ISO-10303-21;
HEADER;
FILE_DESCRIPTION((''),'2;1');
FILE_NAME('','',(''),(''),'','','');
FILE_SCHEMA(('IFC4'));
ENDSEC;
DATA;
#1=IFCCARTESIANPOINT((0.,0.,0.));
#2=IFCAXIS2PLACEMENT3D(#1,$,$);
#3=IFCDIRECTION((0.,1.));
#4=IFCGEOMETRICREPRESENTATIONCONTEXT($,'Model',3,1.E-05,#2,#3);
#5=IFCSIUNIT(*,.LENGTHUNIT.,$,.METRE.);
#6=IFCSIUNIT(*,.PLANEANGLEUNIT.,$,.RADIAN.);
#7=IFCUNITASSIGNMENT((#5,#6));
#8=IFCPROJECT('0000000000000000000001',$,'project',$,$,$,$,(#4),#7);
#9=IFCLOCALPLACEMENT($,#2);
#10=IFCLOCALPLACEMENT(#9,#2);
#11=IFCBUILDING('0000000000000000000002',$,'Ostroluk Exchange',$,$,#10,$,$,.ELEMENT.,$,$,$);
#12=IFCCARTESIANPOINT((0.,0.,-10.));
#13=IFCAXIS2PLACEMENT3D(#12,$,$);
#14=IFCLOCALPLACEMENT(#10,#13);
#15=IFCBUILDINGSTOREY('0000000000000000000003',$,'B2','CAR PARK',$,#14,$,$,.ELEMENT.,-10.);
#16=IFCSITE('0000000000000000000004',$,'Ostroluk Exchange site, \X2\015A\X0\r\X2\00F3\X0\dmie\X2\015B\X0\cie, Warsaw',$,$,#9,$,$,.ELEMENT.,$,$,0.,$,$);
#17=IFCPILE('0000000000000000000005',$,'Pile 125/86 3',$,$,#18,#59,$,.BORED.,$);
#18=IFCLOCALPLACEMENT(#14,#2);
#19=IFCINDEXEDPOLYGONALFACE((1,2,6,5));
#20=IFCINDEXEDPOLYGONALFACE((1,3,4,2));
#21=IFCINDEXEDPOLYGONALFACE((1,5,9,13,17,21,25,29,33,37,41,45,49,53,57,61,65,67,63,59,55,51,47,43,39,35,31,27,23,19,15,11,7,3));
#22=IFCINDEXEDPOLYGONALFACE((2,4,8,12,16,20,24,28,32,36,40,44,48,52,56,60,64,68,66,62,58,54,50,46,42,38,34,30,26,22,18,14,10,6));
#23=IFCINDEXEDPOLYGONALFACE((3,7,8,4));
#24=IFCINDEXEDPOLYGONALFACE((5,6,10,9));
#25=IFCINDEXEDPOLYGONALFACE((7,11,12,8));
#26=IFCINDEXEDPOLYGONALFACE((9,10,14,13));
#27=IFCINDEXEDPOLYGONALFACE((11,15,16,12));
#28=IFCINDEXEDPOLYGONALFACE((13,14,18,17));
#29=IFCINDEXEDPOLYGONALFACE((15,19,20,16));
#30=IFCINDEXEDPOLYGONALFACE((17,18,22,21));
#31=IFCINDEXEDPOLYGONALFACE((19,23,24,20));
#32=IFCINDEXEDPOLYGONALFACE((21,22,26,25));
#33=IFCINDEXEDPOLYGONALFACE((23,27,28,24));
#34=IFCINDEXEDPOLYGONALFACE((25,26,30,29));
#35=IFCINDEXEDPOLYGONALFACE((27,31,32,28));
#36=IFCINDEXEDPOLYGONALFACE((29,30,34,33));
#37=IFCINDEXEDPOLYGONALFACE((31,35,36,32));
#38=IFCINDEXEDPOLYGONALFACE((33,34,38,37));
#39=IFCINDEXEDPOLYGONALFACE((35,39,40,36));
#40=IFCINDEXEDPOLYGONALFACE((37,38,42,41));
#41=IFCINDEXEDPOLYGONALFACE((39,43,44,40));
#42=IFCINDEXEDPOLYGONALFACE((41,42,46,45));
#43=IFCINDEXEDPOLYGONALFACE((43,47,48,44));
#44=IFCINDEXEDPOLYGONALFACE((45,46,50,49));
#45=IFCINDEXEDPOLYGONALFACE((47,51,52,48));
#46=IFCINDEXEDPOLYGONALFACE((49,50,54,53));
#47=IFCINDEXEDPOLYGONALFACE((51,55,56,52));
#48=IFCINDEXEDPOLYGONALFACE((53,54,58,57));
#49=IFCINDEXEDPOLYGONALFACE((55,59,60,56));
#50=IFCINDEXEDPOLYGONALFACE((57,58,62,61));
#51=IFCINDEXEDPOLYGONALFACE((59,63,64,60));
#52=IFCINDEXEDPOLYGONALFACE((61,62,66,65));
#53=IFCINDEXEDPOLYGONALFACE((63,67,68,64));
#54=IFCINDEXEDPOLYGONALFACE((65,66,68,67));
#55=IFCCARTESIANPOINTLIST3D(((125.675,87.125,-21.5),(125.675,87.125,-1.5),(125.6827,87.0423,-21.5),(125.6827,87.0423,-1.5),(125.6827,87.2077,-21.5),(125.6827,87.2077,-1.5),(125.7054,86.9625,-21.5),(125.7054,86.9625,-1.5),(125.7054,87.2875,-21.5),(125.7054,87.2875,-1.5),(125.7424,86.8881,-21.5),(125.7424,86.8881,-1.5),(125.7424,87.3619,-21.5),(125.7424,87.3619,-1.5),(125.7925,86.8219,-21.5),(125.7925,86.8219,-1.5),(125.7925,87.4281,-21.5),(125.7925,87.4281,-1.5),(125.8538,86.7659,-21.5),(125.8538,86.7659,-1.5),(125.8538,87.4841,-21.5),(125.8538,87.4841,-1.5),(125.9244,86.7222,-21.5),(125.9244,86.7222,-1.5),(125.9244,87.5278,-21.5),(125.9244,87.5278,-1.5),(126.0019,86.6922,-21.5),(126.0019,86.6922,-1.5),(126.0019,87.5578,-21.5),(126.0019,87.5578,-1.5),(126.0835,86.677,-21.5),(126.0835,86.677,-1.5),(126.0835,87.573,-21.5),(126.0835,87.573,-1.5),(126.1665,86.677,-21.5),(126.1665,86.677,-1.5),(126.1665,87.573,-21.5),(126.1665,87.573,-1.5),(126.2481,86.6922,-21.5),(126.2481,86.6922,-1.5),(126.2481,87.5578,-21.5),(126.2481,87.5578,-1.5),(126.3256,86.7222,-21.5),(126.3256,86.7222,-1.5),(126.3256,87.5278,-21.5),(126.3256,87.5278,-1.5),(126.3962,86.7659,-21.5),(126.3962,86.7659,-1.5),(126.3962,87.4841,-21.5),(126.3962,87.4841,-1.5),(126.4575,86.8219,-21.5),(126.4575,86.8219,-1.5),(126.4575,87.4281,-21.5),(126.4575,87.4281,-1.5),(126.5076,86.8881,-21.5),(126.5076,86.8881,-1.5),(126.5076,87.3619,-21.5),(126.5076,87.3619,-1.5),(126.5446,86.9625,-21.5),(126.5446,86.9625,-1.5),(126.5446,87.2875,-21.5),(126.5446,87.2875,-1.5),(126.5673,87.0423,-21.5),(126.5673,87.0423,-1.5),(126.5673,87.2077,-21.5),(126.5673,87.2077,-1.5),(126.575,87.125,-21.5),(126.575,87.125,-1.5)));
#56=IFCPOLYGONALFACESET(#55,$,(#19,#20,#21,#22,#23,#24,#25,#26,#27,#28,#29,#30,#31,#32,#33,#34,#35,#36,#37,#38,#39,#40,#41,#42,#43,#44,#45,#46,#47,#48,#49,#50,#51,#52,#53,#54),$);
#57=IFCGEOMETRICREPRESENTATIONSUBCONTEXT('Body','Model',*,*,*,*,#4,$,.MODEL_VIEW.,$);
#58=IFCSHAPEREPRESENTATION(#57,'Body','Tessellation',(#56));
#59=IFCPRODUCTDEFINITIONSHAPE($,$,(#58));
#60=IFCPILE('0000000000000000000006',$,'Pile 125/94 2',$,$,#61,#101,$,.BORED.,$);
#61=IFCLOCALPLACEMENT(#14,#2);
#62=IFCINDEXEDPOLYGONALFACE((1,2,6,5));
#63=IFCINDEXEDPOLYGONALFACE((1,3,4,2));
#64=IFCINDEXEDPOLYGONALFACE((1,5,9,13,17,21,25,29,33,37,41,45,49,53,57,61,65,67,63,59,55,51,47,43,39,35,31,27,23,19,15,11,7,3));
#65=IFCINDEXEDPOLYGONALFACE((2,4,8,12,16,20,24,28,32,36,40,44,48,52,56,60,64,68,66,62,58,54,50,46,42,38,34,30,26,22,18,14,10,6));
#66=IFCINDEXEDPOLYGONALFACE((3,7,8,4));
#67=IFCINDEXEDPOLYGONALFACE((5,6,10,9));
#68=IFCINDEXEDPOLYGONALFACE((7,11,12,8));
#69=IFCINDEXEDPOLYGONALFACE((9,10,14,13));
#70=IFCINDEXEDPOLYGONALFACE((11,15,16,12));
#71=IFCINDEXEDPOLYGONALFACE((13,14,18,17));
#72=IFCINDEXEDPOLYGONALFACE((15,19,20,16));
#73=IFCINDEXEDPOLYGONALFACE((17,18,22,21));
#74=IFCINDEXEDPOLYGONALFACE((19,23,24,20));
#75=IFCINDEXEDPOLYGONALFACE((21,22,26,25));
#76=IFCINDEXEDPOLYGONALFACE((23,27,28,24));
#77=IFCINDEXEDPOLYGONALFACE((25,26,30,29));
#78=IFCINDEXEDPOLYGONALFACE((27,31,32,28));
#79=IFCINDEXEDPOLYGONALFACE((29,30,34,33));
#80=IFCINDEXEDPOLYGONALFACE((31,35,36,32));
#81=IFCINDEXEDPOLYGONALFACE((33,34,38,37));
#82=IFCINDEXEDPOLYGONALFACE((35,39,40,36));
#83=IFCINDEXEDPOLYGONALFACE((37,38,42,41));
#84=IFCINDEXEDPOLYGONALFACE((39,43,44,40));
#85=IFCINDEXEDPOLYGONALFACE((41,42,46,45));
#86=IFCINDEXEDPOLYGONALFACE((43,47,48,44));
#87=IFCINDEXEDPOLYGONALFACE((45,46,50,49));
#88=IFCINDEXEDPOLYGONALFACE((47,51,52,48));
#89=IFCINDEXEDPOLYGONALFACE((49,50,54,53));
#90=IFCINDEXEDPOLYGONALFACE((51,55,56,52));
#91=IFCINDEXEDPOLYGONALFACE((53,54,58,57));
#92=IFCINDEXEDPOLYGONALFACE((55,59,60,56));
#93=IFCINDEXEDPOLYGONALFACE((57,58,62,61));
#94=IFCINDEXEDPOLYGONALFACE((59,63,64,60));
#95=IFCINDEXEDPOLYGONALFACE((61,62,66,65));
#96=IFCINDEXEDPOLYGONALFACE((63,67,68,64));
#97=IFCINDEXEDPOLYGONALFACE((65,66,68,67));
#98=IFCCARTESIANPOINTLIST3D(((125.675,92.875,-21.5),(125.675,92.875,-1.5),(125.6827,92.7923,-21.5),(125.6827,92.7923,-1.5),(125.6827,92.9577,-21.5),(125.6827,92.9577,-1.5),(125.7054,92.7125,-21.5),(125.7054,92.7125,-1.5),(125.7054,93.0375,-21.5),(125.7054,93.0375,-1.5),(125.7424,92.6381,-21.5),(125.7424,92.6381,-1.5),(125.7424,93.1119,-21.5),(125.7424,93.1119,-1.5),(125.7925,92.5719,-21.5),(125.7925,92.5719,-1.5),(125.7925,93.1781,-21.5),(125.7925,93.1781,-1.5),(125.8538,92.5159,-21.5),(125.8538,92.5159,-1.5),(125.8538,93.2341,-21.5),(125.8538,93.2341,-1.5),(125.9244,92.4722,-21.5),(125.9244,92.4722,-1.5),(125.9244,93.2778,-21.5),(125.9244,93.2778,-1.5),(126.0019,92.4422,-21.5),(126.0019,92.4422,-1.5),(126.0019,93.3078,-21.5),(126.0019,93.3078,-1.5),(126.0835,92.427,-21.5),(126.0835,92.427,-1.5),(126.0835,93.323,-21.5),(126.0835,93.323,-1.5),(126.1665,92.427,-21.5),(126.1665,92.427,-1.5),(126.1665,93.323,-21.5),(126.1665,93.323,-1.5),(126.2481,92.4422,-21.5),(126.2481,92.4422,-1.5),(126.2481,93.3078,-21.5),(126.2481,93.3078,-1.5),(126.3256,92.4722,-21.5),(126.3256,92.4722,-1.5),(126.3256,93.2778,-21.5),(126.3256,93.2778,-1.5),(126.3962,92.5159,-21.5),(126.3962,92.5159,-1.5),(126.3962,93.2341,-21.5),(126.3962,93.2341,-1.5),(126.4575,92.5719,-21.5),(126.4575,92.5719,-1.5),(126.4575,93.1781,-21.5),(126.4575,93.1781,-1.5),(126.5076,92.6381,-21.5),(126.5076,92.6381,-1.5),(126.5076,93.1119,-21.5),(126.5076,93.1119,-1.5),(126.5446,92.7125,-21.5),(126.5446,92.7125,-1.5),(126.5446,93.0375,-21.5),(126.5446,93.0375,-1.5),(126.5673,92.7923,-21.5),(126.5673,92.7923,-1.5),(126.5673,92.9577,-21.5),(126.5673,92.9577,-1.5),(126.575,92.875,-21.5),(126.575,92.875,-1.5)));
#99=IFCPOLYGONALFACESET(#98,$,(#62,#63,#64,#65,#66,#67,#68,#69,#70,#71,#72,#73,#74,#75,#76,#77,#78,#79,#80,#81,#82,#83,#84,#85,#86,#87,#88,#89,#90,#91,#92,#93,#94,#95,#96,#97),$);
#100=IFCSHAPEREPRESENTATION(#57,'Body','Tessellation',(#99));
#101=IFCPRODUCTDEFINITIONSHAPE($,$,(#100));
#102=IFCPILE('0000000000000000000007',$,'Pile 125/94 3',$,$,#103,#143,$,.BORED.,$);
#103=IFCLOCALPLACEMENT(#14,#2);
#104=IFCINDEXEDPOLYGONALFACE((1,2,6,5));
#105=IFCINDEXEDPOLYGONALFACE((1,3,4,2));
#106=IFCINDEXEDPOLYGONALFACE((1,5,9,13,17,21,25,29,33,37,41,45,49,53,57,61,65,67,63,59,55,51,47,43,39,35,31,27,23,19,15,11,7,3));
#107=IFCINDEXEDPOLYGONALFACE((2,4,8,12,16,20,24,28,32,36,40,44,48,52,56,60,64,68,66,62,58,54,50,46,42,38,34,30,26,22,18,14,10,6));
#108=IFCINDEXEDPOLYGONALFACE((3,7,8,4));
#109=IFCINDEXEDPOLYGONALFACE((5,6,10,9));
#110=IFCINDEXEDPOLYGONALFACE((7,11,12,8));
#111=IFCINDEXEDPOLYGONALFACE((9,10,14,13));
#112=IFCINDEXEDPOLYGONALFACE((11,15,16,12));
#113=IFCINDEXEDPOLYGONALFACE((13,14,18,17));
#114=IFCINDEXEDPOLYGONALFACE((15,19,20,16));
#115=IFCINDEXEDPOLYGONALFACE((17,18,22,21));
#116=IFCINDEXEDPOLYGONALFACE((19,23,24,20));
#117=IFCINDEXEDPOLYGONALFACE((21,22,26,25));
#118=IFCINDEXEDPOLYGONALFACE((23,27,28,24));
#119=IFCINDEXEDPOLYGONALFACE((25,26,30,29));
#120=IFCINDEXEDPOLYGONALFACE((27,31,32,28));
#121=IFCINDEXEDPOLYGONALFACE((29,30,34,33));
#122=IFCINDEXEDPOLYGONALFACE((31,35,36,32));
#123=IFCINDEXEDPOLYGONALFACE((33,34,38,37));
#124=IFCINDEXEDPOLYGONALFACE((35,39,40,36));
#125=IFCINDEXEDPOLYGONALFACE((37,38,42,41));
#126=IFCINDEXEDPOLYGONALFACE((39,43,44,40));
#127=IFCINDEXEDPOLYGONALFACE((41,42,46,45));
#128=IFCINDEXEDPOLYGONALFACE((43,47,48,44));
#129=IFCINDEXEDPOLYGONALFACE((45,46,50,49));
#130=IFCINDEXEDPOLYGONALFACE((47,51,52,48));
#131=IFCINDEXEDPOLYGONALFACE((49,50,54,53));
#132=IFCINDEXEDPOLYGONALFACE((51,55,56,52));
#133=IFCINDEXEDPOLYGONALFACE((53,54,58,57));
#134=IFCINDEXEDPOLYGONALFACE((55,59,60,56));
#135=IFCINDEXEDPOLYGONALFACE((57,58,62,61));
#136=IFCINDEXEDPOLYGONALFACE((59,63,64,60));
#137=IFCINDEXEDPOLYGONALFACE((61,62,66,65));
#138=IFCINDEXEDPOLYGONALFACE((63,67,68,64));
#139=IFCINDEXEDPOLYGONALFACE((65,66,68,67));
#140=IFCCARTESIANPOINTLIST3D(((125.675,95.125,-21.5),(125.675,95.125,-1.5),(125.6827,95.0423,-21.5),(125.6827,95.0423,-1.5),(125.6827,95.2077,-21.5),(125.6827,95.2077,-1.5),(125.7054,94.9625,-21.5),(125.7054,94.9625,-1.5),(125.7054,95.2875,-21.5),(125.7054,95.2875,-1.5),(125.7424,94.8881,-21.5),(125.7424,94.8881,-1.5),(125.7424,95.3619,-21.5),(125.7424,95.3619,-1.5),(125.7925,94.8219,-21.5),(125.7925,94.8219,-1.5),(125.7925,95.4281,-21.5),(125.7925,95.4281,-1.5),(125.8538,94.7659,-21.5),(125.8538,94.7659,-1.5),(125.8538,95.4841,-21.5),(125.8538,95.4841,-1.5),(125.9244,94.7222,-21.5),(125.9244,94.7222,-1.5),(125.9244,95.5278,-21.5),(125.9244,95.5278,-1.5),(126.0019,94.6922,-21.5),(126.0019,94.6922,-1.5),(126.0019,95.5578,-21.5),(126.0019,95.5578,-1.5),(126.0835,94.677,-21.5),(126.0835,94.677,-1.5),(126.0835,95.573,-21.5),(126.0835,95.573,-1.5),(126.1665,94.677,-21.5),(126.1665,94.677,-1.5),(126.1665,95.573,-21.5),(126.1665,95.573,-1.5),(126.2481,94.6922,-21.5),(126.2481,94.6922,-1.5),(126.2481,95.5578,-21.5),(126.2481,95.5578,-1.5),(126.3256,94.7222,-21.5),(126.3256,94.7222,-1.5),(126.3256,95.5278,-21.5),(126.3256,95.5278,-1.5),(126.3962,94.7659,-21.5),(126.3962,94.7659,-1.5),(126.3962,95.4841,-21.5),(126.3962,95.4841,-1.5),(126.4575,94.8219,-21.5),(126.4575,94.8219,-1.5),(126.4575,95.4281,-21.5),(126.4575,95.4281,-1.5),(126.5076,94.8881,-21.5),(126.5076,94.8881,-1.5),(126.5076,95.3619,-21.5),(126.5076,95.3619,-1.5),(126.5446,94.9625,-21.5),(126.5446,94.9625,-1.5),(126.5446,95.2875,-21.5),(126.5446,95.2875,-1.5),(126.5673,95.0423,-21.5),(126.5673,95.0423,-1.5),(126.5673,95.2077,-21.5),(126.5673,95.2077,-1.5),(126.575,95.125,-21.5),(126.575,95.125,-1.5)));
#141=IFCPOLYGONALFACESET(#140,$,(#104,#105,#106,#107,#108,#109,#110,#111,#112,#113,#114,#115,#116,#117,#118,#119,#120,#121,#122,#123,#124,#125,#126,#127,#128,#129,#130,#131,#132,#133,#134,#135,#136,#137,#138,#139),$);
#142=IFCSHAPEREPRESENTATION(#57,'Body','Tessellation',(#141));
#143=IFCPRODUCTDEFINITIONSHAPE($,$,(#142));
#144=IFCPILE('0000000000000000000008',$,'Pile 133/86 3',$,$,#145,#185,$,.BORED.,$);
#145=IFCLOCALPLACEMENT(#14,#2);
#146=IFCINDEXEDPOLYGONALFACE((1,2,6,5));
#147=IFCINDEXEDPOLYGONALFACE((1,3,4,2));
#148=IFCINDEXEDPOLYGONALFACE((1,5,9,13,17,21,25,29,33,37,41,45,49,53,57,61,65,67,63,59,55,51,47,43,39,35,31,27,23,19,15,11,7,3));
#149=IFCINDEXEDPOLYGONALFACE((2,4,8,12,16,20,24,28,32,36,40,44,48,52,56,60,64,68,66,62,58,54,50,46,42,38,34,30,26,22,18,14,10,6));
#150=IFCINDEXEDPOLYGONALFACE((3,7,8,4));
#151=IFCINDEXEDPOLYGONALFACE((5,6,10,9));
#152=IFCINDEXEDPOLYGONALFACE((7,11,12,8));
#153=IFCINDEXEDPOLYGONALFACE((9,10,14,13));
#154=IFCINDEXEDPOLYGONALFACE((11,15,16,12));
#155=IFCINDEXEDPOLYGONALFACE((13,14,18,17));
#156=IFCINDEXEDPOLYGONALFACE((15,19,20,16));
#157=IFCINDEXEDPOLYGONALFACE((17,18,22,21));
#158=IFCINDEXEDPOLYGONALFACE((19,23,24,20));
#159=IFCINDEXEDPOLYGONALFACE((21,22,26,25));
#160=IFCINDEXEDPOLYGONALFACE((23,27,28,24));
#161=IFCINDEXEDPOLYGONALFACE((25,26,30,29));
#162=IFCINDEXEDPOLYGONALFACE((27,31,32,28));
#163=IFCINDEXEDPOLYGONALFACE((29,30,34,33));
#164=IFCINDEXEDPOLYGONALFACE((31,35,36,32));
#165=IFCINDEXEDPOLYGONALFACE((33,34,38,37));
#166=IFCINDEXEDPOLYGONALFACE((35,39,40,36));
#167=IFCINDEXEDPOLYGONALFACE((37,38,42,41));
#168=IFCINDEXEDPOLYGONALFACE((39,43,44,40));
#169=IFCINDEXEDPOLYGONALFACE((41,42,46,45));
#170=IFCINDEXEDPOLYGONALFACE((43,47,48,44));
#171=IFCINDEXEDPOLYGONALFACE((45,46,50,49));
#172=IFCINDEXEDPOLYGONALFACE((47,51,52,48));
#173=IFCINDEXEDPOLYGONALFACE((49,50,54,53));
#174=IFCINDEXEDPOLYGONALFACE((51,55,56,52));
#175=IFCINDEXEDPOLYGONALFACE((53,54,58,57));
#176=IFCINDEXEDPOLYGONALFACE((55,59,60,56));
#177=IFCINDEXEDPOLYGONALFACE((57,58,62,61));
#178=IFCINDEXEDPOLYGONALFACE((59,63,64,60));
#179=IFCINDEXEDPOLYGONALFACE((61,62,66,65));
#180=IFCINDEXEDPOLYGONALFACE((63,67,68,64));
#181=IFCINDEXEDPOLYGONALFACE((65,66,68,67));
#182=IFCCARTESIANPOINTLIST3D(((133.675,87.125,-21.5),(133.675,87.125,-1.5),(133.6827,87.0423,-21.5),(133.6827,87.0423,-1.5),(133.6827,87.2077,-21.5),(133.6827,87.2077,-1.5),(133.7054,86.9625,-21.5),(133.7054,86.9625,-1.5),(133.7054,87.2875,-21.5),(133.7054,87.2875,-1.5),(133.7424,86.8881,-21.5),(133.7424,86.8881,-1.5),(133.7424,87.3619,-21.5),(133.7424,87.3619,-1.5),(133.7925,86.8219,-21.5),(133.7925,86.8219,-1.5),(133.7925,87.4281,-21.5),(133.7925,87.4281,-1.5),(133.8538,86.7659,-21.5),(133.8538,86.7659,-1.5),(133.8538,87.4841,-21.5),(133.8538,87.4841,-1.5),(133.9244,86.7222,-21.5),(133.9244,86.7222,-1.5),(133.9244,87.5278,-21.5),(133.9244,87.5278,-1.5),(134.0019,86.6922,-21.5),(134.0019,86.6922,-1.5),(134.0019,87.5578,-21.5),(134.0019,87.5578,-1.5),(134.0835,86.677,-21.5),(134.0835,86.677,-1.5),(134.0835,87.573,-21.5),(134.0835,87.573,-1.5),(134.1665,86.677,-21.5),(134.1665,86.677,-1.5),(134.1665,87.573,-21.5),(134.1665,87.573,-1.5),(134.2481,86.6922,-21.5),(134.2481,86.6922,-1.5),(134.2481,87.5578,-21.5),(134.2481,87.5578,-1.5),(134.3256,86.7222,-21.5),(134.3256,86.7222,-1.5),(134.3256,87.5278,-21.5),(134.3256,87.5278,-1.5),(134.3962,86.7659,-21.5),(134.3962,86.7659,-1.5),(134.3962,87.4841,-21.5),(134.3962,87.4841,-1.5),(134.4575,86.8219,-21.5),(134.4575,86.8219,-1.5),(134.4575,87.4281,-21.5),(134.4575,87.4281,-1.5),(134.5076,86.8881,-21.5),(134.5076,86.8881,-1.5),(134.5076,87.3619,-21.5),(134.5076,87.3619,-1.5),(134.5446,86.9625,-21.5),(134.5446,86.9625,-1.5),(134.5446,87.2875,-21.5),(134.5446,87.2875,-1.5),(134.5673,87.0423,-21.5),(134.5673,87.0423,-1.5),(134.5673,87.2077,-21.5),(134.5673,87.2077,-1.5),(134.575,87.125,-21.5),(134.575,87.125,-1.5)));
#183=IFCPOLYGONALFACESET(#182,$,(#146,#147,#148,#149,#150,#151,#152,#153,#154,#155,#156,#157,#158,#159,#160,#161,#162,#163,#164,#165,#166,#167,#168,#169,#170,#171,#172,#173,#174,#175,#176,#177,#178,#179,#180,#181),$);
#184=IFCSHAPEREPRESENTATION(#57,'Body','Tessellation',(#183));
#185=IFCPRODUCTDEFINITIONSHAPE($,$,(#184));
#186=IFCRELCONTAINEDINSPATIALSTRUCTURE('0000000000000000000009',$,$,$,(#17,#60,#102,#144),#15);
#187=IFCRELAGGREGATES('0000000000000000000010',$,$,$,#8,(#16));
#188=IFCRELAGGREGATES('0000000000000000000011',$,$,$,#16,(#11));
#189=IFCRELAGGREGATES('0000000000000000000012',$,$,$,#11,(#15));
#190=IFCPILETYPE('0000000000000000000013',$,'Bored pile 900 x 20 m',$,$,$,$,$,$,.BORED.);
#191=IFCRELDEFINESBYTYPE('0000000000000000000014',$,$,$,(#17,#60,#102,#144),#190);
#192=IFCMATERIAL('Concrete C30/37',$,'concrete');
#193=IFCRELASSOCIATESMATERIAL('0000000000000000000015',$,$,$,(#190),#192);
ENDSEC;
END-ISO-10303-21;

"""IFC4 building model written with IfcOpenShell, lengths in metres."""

from ifc_helpers import new_model, si_unit, direction, frame, origin, origin_2d, place, context, subcontext, project, spatial, circle, extrude, material, type_object, element, save


model = new_model("IFC4")

# Units and contexts
model_context = context("Model", 3, precision=1e-05, world=origin(), true_north=direction((0.0, 1.0)))
body_context = subcontext(model_context, "Body", "Model", "MODEL_VIEW")
ifc_project = project(units=[si_unit("LENGTHUNIT", "METRE"), si_unit("PLANEANGLEUNIT", "RADIAN")], contexts=[model_context])

# Site, building, storey
site_placement = place(None, origin())
site = spatial("IfcSite", under=ifc_project, at=site_placement, Name="Ostroluk Exchange site, Śródmieście, Warsaw", CompositionType="ELEMENT", RefElevation=0.0)
building_placement = place(site_placement, origin())
building = spatial("IfcBuilding", under=site, at=building_placement, Name="Ostroluk Exchange", CompositionType="ELEMENT")
storey_placement = place(building_placement, frame((0.0, 0.0, -10.0)))
storey = spatial("IfcBuildingStorey", under=building, at=storey_placement, Name="B2", Description="CAR PARK", CompositionType="ELEMENT", Elevation=-10.0)

# Piles
ifc_material_1 = material(Name="Concrete C30/37", Category="concrete")
pile_type = type_object("IfcPileType", Name="Bored pile 900 x 20 m", PredefinedType="BORED", material=ifc_material_1)
for number, where, z_axis, x_axis, name in (
    (1, (126.125, 87.125, -1.5), (0.0, 0.0, -1.0), (1.0, 0.0, 0.0), "Pile 125/86 3"),
    (2, (126.125, 92.875, -1.5), (0.0, 0.0, -1.0), (1.0, 0.0, 0.0), "Pile 125/94 2"),
    (3, (126.125, 95.125, -1.5), (0.0, 0.0, -1.0), (1.0, 0.0, 0.0), "Pile 125/94 3"),
    (4, (134.125, 87.125, -1.5), (0.0, 0.0, -1.0), (1.0, 0.0, 0.0), "Pile 133/86 3"),
):
    element("IfcPile", number, at=place(storey_placement, frame(where, z_axis=z_axis, x_axis=x_axis)), inside=storey, type_object=pile_type, Name=name, PredefinedType="BORED", context=body_context, shape_type="SweptSolid", body=[
        extrude(circle(Radius=0.45, at=origin_2d()), origin(), (0.0, 0.0, 1.0), 20.0),
    ])

save(model, "model.ifc")
